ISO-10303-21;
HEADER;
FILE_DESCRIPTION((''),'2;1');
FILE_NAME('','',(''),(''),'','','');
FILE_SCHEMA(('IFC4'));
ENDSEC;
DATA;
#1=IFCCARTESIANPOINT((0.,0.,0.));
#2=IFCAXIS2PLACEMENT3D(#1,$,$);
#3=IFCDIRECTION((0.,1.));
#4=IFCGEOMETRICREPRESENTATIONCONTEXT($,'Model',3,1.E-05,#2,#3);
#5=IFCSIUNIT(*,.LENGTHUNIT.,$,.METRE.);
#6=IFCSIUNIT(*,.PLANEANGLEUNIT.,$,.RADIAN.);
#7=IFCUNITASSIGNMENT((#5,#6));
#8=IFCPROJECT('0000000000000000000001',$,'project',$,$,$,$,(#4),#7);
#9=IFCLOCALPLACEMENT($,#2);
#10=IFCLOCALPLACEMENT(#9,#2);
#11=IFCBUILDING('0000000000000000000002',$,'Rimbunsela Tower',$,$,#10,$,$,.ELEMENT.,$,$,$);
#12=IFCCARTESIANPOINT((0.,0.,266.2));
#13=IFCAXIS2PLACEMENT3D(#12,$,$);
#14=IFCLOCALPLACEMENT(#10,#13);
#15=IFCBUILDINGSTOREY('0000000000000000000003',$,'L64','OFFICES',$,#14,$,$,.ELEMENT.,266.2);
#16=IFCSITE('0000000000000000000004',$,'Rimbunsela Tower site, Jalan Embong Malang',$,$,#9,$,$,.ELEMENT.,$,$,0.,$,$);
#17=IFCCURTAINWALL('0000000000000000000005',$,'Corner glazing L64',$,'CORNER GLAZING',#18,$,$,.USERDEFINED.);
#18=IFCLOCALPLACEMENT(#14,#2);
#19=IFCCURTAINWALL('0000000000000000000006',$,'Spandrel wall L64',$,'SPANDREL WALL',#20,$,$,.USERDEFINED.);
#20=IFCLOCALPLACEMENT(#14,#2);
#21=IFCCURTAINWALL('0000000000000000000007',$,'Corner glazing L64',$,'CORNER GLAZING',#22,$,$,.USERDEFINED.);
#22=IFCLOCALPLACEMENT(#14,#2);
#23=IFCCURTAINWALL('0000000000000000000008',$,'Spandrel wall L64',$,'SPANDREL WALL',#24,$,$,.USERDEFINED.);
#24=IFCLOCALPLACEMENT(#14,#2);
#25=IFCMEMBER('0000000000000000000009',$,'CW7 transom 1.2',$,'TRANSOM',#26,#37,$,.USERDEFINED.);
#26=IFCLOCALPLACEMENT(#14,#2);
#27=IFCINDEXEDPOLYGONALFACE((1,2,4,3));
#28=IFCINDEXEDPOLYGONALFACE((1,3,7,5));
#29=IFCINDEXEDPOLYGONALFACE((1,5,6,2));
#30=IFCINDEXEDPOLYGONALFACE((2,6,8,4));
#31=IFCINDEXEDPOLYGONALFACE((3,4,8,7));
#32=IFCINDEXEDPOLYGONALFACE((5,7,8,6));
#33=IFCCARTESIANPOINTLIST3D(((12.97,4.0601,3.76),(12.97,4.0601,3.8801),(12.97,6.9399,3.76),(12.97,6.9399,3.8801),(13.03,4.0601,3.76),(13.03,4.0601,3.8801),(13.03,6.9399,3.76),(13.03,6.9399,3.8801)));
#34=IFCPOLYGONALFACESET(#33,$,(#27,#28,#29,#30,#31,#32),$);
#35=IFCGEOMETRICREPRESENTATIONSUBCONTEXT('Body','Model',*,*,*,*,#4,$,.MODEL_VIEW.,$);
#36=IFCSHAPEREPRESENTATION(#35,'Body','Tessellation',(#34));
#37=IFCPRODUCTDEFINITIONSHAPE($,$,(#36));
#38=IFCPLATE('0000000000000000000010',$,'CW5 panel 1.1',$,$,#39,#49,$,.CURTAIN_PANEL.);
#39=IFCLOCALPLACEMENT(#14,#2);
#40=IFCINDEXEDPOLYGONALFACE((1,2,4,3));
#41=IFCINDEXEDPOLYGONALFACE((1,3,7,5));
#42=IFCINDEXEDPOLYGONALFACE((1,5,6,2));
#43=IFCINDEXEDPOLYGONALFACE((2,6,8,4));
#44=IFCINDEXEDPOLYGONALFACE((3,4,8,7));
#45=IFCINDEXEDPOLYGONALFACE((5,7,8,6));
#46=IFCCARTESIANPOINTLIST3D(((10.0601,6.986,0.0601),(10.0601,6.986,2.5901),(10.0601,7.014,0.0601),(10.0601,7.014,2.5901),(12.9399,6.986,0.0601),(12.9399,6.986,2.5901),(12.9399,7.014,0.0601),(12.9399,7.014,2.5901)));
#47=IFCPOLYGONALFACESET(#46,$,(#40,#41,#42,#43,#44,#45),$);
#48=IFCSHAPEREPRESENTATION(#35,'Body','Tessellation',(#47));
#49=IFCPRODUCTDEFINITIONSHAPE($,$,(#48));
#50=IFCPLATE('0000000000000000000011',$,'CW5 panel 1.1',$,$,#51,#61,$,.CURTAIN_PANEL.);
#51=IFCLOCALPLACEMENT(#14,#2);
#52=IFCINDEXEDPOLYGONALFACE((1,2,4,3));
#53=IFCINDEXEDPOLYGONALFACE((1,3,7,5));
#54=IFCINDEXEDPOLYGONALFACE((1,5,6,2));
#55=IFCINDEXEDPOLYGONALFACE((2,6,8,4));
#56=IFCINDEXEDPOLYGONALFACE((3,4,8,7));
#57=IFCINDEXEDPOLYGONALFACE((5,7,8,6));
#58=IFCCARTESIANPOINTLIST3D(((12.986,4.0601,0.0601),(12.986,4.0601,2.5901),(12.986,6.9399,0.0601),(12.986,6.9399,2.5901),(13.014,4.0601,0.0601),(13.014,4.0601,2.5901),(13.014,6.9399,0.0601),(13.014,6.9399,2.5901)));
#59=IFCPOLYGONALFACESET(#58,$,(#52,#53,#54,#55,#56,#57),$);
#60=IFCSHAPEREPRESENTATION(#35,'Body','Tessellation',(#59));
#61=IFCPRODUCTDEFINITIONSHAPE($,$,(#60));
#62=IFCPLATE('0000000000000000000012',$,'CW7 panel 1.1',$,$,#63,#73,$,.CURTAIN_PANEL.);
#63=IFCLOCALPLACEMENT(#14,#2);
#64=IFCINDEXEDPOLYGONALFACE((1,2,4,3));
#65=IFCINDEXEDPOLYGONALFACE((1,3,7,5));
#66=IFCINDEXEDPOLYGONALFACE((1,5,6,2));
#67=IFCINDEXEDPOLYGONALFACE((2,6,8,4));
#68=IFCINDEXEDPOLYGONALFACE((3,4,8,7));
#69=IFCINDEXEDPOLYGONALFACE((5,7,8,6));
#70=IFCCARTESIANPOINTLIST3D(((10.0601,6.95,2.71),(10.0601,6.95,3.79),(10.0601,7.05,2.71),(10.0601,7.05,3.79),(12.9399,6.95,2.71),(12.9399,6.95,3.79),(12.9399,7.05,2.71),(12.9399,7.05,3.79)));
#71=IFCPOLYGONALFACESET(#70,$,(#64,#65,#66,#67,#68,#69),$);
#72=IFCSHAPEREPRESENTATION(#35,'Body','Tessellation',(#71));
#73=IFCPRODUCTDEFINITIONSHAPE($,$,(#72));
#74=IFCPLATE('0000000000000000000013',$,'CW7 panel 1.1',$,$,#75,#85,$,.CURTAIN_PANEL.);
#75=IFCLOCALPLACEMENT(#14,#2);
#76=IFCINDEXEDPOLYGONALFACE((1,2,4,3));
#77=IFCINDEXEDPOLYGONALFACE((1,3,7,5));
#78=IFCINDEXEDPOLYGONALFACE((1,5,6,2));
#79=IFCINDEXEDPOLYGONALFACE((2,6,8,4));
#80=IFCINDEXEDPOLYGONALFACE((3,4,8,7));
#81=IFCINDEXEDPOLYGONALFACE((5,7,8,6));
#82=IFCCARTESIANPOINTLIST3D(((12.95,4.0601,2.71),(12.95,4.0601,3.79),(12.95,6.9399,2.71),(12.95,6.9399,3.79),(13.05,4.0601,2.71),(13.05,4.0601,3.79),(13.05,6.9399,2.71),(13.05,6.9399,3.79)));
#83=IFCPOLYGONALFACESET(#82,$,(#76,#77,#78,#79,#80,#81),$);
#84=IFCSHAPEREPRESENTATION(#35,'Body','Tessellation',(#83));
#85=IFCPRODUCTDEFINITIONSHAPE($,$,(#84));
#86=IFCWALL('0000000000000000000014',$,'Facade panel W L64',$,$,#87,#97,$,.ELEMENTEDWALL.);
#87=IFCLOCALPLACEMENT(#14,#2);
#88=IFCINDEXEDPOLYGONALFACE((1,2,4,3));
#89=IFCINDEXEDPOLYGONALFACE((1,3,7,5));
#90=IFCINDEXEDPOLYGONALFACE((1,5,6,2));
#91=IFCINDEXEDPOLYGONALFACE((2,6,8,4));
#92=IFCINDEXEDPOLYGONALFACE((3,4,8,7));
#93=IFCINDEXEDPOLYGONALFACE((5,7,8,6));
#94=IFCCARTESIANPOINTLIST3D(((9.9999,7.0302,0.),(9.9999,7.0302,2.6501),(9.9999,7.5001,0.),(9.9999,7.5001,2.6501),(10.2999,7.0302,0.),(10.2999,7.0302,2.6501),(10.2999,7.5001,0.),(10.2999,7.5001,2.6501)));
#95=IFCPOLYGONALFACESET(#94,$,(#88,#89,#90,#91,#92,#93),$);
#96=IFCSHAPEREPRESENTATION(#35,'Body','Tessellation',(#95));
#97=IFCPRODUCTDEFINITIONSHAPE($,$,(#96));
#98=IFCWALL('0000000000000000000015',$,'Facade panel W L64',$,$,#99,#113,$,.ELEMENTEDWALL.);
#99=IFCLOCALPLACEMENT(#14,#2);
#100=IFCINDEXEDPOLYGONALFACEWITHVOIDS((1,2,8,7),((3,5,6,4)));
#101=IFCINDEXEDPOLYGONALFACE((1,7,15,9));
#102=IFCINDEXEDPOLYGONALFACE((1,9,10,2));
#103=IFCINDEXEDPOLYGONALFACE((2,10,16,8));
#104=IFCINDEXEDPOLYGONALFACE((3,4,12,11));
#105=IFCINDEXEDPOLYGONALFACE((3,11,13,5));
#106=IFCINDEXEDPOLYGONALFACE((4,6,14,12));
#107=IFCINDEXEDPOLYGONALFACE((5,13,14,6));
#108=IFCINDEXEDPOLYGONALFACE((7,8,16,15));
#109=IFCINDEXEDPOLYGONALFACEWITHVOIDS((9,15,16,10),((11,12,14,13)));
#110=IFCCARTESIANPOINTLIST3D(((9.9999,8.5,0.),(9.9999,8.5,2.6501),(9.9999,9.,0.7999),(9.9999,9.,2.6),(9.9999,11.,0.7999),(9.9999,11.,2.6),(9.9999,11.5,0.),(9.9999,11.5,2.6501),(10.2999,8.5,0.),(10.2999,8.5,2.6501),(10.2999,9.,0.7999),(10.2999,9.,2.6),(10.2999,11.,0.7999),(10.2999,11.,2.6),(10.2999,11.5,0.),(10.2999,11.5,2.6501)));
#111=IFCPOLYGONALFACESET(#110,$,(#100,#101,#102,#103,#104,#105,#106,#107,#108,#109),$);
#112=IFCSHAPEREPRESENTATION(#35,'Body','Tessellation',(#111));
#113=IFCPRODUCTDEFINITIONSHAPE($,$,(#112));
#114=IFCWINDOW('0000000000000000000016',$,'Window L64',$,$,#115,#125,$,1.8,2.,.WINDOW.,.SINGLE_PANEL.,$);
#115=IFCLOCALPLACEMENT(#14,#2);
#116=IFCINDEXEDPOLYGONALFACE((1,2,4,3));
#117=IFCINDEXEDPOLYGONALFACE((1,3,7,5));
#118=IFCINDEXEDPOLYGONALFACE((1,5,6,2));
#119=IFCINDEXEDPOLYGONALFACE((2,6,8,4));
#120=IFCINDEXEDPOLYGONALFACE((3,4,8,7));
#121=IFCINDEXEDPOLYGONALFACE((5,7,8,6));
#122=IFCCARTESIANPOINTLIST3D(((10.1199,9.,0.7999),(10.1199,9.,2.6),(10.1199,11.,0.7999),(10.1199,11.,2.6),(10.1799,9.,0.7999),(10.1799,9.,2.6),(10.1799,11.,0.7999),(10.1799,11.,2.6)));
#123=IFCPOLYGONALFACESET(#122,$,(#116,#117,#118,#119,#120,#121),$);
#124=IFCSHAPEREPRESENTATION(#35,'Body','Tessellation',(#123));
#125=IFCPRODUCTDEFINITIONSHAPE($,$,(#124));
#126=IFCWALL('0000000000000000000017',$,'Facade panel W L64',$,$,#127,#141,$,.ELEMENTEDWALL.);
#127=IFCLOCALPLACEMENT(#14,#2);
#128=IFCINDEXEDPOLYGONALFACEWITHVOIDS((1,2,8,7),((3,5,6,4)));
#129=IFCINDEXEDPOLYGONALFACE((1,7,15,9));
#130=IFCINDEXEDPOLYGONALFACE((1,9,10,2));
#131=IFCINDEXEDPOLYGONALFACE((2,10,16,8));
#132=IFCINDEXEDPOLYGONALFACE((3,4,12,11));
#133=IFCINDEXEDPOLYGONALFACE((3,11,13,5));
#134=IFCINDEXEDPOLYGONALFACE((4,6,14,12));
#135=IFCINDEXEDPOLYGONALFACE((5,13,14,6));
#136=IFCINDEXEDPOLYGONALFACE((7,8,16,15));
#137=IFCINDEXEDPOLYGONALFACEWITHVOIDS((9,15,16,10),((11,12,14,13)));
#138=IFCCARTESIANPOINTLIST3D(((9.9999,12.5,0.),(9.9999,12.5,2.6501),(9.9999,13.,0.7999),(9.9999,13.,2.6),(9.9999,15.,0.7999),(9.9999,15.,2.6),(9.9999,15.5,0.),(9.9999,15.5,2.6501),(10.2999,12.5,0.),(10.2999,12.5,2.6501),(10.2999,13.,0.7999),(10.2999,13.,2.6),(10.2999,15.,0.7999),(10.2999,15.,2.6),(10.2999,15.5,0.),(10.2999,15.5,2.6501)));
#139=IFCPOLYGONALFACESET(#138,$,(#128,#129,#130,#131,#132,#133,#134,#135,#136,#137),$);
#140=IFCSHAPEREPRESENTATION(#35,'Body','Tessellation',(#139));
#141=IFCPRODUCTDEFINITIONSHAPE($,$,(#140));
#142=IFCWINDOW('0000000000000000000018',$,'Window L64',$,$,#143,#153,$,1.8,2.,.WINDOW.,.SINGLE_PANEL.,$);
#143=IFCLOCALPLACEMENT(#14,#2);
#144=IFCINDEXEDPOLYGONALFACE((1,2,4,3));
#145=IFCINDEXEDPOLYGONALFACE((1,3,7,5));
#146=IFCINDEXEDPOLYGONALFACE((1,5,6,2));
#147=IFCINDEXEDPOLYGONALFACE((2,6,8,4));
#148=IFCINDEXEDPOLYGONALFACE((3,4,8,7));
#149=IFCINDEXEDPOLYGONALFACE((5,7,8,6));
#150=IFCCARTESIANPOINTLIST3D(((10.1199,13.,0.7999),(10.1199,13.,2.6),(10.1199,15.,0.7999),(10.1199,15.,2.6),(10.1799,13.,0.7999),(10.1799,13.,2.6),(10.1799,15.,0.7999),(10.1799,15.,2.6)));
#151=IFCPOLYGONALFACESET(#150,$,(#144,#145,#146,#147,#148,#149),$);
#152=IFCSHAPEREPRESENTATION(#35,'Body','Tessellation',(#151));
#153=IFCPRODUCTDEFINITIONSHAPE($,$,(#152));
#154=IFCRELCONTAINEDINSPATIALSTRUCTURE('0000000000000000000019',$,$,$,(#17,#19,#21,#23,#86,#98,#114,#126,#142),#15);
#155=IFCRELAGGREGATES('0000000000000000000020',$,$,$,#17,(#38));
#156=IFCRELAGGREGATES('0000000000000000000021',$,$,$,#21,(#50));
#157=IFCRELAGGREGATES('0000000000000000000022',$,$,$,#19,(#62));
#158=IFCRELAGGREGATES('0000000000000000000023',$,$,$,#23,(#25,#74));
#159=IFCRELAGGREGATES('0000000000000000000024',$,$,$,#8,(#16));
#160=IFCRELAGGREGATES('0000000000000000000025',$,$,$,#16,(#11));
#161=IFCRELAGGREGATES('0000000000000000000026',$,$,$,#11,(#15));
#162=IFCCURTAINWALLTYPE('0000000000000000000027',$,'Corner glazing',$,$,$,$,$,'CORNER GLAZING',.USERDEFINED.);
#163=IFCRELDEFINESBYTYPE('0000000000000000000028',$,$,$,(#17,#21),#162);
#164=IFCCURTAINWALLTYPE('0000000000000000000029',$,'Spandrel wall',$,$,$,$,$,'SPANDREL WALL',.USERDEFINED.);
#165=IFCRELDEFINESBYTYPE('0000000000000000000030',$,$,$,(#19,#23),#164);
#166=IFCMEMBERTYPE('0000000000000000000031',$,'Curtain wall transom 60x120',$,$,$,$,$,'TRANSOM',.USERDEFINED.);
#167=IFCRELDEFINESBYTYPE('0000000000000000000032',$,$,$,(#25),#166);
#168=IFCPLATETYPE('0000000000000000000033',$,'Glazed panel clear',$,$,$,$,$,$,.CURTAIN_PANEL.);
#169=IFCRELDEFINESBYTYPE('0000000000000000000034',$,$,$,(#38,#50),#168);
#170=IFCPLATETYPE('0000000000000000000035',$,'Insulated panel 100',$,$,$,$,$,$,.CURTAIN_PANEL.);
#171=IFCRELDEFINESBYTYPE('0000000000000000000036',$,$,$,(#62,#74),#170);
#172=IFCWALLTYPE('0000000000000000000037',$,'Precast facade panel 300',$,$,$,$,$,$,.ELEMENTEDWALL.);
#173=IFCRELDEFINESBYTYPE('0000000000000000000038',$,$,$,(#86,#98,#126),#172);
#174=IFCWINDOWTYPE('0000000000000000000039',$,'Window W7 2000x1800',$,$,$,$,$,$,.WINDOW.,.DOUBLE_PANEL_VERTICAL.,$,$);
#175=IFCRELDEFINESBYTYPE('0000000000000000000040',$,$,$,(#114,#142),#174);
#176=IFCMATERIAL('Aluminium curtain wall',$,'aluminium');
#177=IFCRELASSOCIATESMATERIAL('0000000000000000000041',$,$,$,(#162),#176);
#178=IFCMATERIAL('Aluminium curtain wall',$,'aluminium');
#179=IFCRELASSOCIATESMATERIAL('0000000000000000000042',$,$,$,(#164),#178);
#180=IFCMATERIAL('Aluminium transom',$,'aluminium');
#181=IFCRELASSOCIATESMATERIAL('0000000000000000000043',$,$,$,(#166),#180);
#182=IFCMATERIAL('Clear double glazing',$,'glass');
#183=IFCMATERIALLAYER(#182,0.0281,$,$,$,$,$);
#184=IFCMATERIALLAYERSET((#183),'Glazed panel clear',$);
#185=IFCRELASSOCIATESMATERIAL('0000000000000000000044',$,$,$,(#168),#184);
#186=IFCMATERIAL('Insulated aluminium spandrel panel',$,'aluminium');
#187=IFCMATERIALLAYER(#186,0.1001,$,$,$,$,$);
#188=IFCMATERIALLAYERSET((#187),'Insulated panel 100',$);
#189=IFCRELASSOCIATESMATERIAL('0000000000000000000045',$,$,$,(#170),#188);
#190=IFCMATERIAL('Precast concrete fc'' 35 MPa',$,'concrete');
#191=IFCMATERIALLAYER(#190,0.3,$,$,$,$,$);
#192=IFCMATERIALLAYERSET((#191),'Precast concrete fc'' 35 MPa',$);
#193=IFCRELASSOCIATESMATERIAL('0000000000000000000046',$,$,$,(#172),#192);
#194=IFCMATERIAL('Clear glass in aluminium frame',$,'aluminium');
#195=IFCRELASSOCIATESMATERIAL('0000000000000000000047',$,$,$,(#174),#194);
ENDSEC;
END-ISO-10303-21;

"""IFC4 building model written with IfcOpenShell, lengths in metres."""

from ifc_helpers import new_model, si_unit, direction, frame, frame_2d, origin, origin_2d, place, context, subcontext, project, spatial, rectangle, extrude, material, layer, layer_set, material_profile, profile_set, type_object, element, fill, aggregate, save


model = new_model("IFC4")

# Units and contexts
model_context = context("Model", 3, precision=1e-05, world=origin(), true_north=direction((0.0, 1.0)))
body_context = subcontext(model_context, "Body", "Model", "MODEL_VIEW")
ifc_project = project(units=[si_unit("LENGTHUNIT", "METRE"), si_unit("PLANEANGLEUNIT", "RADIAN")], contexts=[model_context])

# Site, building, storey
site_placement = place(None, origin())
site = spatial("IfcSite", under=ifc_project, at=site_placement, Name="Rimbunsela Tower site, Jalan Embong Malang", CompositionType="ELEMENT", RefElevation=0.0)
building_placement = place(site_placement, origin())
building = spatial("IfcBuilding", under=site, at=building_placement, Name="Rimbunsela Tower", CompositionType="ELEMENT")
storey_placement = place(building_placement, frame((0.0, 0.0, 266.2)))
storey = spatial("IfcBuildingStorey", under=building, at=storey_placement, Name="L64", Description="OFFICES", CompositionType="ELEMENT", Elevation=266.2)

# Curtain walls
ifc_material_1 = material(Name="Aluminium curtain wall", Category="aluminium")
curtain_wall_type_1 = type_object("IfcCurtainWallType", Name="Corner glazing", ElementType="CORNER GLAZING", PredefinedType="USERDEFINED", material=ifc_material_1)
curtain_wall_1_placement = place(storey_placement, origin())
curtain_wall_1 = element("IfcCurtainWall", 1, at=curtain_wall_1_placement, inside=storey, type_object=curtain_wall_type_1, Name="Corner glazing L64", ObjectType="CORNER GLAZING", PredefinedType="USERDEFINED")
ifc_material_2 = material(Name="Aluminium curtain wall", Category="aluminium")
curtain_wall_type_2 = type_object("IfcCurtainWallType", Name="Spandrel wall", ElementType="SPANDREL WALL", PredefinedType="USERDEFINED", material=ifc_material_2)
curtain_wall_2_placement = place(storey_placement, origin())
curtain_wall_2 = element("IfcCurtainWall", 2, at=curtain_wall_2_placement, inside=storey, type_object=curtain_wall_type_2, Name="Spandrel wall L64", ObjectType="SPANDREL WALL", PredefinedType="USERDEFINED")

# Curtain walls
curtain_wall_3_placement = place(storey_placement, origin())
curtain_wall_3 = element("IfcCurtainWall", 3, at=curtain_wall_3_placement, inside=storey, type_object=curtain_wall_type_1, Name="Corner glazing L64", ObjectType="CORNER GLAZING", PredefinedType="USERDEFINED")
curtain_wall_4_placement = place(storey_placement, origin())
curtain_wall_4 = element("IfcCurtainWall", 4, at=curtain_wall_4_placement, inside=storey, type_object=curtain_wall_type_2, Name="Spandrel wall L64", ObjectType="SPANDREL WALL", PredefinedType="USERDEFINED")

# Member
ifc_material_3 = material(Name="Aluminium transom", Category="aluminium")
ifc_material_profile_1 = material_profile(ifc_material_3, rectangle(XDim=0.0601, YDim=0.1201, at=origin_2d()), Name="Transom 60x120")
ifc_profile_set_1 = profile_set([ifc_material_profile_1], Name="Aluminium transom")
member_type_1 = type_object("IfcMemberType", Name="Curtain wall transom 60x120", ElementType="TRANSOM", PredefinedType="USERDEFINED", material=ifc_profile_set_1)
member_1_placement = place(storey_placement, frame((13.0, 6.9399, 3.8201), z_axis=(0.0, -1.0, 0.0), x_axis=(1.0, 0.0, 0.0)))
member_1 = element("IfcMember", 5, at=member_1_placement, type_object=member_type_1, Name="CW7 transom 1.2", ObjectType="TRANSOM", PredefinedType="USERDEFINED", context=body_context, shape_type="SweptSolid", body=[
    extrude(rectangle(XDim=0.0601, YDim=0.1201, at=origin_2d()), origin(), (0.0, 0.0, 1.0), 2.8799),
])

# Plates
ifc_material_4 = material(Name="Clear double glazing", Category="glass")
ifc_layer_1 = layer(ifc_material_4, 0.0281)
ifc_layer_set_1 = layer_set([ifc_layer_1], Name="Glazed panel clear")
plate_type_1 = type_object("IfcPlateType", Name="Glazed panel clear", PredefinedType="CURTAIN_PANEL", material=ifc_layer_set_1)
plate_1_placement = place(storey_placement, frame((11.5, 7.0, 0.0601), z_axis=(0.0, 0.0, 1.0), x_axis=(1.0, 0.0, 0.0)))
plate_1 = element("IfcPlate", 6, at=plate_1_placement, type_object=plate_type_1, Name="CW5 panel 1.1", PredefinedType="CURTAIN_PANEL", context=body_context, shape_type="SweptSolid", body=[
    extrude(rectangle(XDim=2.8799, YDim=0.0281, at=origin_2d()), origin(), (0.0, 0.0, 1.0), 2.53),
])
aggregate(curtain_wall_1, [plate_1])
plate_2_placement = place(storey_placement, frame((13.0, 5.5, 0.0601), z_axis=(0.0, 0.0, 1.0), x_axis=(0.0, -1.0, 0.0)))
plate_2 = element("IfcPlate", 7, at=plate_2_placement, type_object=plate_type_1, Name="CW5 panel 1.1", PredefinedType="CURTAIN_PANEL", context=body_context, shape_type="SweptSolid", body=[
    extrude(rectangle(XDim=2.8799, YDim=0.0281, at=origin_2d()), origin(), (0.0, 0.0, 1.0), 2.53),
])
aggregate(curtain_wall_3, [plate_2])
ifc_material_5 = material(Name="Insulated aluminium spandrel panel", Category="aluminium")
ifc_layer_2 = layer(ifc_material_5, 0.1001)
ifc_layer_set_2 = layer_set([ifc_layer_2], Name="Insulated panel 100")
plate_type_2 = type_object("IfcPlateType", Name="Insulated panel 100", PredefinedType="CURTAIN_PANEL", material=ifc_layer_set_2)
plate_3_placement = place(storey_placement, frame((11.5, 7.0, 2.71), z_axis=(0.0, 0.0, 1.0), x_axis=(1.0, 0.0, 0.0)))
plate_3 = element("IfcPlate", 8, at=plate_3_placement, type_object=plate_type_2, Name="CW7 panel 1.1", PredefinedType="CURTAIN_PANEL", context=body_context, shape_type="SweptSolid", body=[
    extrude(rectangle(XDim=2.8799, YDim=0.1001, at=origin_2d()), origin(), (0.0, 0.0, 1.0), 1.0801),
])
aggregate(curtain_wall_2, [plate_3])
plate_4_placement = place(storey_placement, frame((13.0, 5.5, 2.71), z_axis=(0.0, 0.0, 1.0), x_axis=(0.0, -1.0, 0.0)))
plate_4 = element("IfcPlate", 9, at=plate_4_placement, type_object=plate_type_2, Name="CW7 panel 1.1", PredefinedType="CURTAIN_PANEL", context=body_context, shape_type="SweptSolid", body=[
    extrude(rectangle(XDim=2.8799, YDim=0.1001, at=origin_2d()), origin(), (0.0, 0.0, 1.0), 1.0801),
])
aggregate(curtain_wall_4, [member_1, plate_4])

# Wall
ifc_material_6 = material(Name="Precast concrete fc' 35 MPa", Category="concrete")
ifc_layer_3 = layer(ifc_material_6, 0.3)
ifc_layer_set_3 = layer_set([ifc_layer_3], Name="Precast concrete fc' 35 MPa")
wall_type = type_object("IfcWallType", Name="Precast facade panel 300", PredefinedType="ELEMENTEDWALL", material=ifc_layer_set_3)
wall_1_placement = place(storey_placement, frame((10.1499, 7.5, 0.0), z_axis=(0.0, 0.0, 1.0), x_axis=(0.0, -1.0, 0.0)))
element("IfcWall", 10, at=wall_1_placement, inside=storey, type_object=wall_type, Name="Facade panel W L64", PredefinedType="ELEMENTEDWALL", context=body_context, shape_type="SweptSolid", body=[
    extrude(rectangle(XDim=0.47, YDim=0.3, at=frame_2d((0.2349, 0.0))), origin(), (0.0, 0.0, 1.0), 2.6501),
])

# Walls, openings, windows
wall_2_placement = place(storey_placement, frame((10.1499, 11.5, 0.0), z_axis=(0.0, 0.0, 1.0), x_axis=(0.0, -1.0, 0.0)))
wall_2 = element("IfcWall", 11, at=wall_2_placement, inside=storey, type_object=wall_type, Name="Facade panel W L64", PredefinedType="ELEMENTEDWALL", context=body_context, shape_type="SweptSolid", body=[
    extrude(rectangle(XDim=3.0, YDim=0.3, at=frame_2d((1.5, 0.0))), origin(), (0.0, 0.0, 1.0), 2.6501),
])
opening_1_placement = place(wall_2_placement, frame((0.5, 0.0, 0.8)))
opening_1 = element("IfcOpeningElement", 12, at=opening_1_placement, cuts=wall_2, PredefinedType="OPENING", context=body_context, shape_type="SweptSolid", body=[
    extrude(rectangle(XDim=2.0, YDim=1.8, at=frame_2d((1.0, 0.8999))), frame((0.0, 0.1599, 0.0), z_axis=(0.0, -1.0, 0.0), x_axis=(1.0, 0.0, 0.0)), (0.0, 0.0, 1.0), 0.3201),
])
ifc_material_7 = material(Name="Clear glass in aluminium frame", Category="aluminium")
window_type = type_object("IfcWindowType", Name="Window W7 2000x1800", PartitioningType="DOUBLE_PANEL_VERTICAL", PredefinedType="WINDOW", material=ifc_material_7)
window_1_placement = place(opening_1_placement, origin())
window_1 = element("IfcWindow", 13, at=window_1_placement, inside=storey, type_object=window_type, Name="Window L64", OverallHeight=1.8, OverallWidth=2.0, PartitioningType="SINGLE_PANEL", PredefinedType="WINDOW", context=body_context, shape_type="SweptSolid", body=[
    extrude(rectangle(XDim=2.0, YDim=1.8, at=frame_2d((1.0, 0.8999))), frame((0.0, 0.03, 0.0), z_axis=(0.0, -1.0, 0.0), x_axis=(1.0, 0.0, 0.0)), (0.0, 0.0, 1.0), 0.0601),
])
fill(opening_1, window_1)
wall_3_placement = place(storey_placement, frame((10.1499, 15.5, 0.0), z_axis=(0.0, 0.0, 1.0), x_axis=(0.0, -1.0, 0.0)))
wall_3 = element("IfcWall", 14, at=wall_3_placement, inside=storey, type_object=wall_type, Name="Facade panel W L64", PredefinedType="ELEMENTEDWALL", context=body_context, shape_type="SweptSolid", body=[
    extrude(rectangle(XDim=3.0, YDim=0.3, at=frame_2d((1.5, 0.0))), origin(), (0.0, 0.0, 1.0), 2.6501),
])
opening_2_placement = place(wall_3_placement, frame((0.5, 0.0, 0.8)))
opening_2 = element("IfcOpeningElement", 15, at=opening_2_placement, cuts=wall_3, PredefinedType="OPENING", context=body_context, shape_type="SweptSolid", body=[
    extrude(rectangle(XDim=2.0, YDim=1.8, at=frame_2d((1.0, 0.8999))), frame((0.0, 0.1599, 0.0), z_axis=(0.0, -1.0, 0.0), x_axis=(1.0, 0.0, 0.0)), (0.0, 0.0, 1.0), 0.3201),
])
window_2_placement = place(opening_2_placement, origin())
window_2 = element("IfcWindow", 16, at=window_2_placement, inside=storey, type_object=window_type, Name="Window L64", OverallHeight=1.8, OverallWidth=2.0, PartitioningType="SINGLE_PANEL", PredefinedType="WINDOW", context=body_context, shape_type="SweptSolid", body=[
    extrude(rectangle(XDim=2.0, YDim=1.8, at=frame_2d((1.0, 0.8999))), frame((0.0, 0.03, 0.0), z_axis=(0.0, -1.0, 0.0), x_axis=(1.0, 0.0, 0.0)), (0.0, 0.0, 1.0), 0.0601),
])
fill(opening_2, window_2)

save(model, "model.ifc")
